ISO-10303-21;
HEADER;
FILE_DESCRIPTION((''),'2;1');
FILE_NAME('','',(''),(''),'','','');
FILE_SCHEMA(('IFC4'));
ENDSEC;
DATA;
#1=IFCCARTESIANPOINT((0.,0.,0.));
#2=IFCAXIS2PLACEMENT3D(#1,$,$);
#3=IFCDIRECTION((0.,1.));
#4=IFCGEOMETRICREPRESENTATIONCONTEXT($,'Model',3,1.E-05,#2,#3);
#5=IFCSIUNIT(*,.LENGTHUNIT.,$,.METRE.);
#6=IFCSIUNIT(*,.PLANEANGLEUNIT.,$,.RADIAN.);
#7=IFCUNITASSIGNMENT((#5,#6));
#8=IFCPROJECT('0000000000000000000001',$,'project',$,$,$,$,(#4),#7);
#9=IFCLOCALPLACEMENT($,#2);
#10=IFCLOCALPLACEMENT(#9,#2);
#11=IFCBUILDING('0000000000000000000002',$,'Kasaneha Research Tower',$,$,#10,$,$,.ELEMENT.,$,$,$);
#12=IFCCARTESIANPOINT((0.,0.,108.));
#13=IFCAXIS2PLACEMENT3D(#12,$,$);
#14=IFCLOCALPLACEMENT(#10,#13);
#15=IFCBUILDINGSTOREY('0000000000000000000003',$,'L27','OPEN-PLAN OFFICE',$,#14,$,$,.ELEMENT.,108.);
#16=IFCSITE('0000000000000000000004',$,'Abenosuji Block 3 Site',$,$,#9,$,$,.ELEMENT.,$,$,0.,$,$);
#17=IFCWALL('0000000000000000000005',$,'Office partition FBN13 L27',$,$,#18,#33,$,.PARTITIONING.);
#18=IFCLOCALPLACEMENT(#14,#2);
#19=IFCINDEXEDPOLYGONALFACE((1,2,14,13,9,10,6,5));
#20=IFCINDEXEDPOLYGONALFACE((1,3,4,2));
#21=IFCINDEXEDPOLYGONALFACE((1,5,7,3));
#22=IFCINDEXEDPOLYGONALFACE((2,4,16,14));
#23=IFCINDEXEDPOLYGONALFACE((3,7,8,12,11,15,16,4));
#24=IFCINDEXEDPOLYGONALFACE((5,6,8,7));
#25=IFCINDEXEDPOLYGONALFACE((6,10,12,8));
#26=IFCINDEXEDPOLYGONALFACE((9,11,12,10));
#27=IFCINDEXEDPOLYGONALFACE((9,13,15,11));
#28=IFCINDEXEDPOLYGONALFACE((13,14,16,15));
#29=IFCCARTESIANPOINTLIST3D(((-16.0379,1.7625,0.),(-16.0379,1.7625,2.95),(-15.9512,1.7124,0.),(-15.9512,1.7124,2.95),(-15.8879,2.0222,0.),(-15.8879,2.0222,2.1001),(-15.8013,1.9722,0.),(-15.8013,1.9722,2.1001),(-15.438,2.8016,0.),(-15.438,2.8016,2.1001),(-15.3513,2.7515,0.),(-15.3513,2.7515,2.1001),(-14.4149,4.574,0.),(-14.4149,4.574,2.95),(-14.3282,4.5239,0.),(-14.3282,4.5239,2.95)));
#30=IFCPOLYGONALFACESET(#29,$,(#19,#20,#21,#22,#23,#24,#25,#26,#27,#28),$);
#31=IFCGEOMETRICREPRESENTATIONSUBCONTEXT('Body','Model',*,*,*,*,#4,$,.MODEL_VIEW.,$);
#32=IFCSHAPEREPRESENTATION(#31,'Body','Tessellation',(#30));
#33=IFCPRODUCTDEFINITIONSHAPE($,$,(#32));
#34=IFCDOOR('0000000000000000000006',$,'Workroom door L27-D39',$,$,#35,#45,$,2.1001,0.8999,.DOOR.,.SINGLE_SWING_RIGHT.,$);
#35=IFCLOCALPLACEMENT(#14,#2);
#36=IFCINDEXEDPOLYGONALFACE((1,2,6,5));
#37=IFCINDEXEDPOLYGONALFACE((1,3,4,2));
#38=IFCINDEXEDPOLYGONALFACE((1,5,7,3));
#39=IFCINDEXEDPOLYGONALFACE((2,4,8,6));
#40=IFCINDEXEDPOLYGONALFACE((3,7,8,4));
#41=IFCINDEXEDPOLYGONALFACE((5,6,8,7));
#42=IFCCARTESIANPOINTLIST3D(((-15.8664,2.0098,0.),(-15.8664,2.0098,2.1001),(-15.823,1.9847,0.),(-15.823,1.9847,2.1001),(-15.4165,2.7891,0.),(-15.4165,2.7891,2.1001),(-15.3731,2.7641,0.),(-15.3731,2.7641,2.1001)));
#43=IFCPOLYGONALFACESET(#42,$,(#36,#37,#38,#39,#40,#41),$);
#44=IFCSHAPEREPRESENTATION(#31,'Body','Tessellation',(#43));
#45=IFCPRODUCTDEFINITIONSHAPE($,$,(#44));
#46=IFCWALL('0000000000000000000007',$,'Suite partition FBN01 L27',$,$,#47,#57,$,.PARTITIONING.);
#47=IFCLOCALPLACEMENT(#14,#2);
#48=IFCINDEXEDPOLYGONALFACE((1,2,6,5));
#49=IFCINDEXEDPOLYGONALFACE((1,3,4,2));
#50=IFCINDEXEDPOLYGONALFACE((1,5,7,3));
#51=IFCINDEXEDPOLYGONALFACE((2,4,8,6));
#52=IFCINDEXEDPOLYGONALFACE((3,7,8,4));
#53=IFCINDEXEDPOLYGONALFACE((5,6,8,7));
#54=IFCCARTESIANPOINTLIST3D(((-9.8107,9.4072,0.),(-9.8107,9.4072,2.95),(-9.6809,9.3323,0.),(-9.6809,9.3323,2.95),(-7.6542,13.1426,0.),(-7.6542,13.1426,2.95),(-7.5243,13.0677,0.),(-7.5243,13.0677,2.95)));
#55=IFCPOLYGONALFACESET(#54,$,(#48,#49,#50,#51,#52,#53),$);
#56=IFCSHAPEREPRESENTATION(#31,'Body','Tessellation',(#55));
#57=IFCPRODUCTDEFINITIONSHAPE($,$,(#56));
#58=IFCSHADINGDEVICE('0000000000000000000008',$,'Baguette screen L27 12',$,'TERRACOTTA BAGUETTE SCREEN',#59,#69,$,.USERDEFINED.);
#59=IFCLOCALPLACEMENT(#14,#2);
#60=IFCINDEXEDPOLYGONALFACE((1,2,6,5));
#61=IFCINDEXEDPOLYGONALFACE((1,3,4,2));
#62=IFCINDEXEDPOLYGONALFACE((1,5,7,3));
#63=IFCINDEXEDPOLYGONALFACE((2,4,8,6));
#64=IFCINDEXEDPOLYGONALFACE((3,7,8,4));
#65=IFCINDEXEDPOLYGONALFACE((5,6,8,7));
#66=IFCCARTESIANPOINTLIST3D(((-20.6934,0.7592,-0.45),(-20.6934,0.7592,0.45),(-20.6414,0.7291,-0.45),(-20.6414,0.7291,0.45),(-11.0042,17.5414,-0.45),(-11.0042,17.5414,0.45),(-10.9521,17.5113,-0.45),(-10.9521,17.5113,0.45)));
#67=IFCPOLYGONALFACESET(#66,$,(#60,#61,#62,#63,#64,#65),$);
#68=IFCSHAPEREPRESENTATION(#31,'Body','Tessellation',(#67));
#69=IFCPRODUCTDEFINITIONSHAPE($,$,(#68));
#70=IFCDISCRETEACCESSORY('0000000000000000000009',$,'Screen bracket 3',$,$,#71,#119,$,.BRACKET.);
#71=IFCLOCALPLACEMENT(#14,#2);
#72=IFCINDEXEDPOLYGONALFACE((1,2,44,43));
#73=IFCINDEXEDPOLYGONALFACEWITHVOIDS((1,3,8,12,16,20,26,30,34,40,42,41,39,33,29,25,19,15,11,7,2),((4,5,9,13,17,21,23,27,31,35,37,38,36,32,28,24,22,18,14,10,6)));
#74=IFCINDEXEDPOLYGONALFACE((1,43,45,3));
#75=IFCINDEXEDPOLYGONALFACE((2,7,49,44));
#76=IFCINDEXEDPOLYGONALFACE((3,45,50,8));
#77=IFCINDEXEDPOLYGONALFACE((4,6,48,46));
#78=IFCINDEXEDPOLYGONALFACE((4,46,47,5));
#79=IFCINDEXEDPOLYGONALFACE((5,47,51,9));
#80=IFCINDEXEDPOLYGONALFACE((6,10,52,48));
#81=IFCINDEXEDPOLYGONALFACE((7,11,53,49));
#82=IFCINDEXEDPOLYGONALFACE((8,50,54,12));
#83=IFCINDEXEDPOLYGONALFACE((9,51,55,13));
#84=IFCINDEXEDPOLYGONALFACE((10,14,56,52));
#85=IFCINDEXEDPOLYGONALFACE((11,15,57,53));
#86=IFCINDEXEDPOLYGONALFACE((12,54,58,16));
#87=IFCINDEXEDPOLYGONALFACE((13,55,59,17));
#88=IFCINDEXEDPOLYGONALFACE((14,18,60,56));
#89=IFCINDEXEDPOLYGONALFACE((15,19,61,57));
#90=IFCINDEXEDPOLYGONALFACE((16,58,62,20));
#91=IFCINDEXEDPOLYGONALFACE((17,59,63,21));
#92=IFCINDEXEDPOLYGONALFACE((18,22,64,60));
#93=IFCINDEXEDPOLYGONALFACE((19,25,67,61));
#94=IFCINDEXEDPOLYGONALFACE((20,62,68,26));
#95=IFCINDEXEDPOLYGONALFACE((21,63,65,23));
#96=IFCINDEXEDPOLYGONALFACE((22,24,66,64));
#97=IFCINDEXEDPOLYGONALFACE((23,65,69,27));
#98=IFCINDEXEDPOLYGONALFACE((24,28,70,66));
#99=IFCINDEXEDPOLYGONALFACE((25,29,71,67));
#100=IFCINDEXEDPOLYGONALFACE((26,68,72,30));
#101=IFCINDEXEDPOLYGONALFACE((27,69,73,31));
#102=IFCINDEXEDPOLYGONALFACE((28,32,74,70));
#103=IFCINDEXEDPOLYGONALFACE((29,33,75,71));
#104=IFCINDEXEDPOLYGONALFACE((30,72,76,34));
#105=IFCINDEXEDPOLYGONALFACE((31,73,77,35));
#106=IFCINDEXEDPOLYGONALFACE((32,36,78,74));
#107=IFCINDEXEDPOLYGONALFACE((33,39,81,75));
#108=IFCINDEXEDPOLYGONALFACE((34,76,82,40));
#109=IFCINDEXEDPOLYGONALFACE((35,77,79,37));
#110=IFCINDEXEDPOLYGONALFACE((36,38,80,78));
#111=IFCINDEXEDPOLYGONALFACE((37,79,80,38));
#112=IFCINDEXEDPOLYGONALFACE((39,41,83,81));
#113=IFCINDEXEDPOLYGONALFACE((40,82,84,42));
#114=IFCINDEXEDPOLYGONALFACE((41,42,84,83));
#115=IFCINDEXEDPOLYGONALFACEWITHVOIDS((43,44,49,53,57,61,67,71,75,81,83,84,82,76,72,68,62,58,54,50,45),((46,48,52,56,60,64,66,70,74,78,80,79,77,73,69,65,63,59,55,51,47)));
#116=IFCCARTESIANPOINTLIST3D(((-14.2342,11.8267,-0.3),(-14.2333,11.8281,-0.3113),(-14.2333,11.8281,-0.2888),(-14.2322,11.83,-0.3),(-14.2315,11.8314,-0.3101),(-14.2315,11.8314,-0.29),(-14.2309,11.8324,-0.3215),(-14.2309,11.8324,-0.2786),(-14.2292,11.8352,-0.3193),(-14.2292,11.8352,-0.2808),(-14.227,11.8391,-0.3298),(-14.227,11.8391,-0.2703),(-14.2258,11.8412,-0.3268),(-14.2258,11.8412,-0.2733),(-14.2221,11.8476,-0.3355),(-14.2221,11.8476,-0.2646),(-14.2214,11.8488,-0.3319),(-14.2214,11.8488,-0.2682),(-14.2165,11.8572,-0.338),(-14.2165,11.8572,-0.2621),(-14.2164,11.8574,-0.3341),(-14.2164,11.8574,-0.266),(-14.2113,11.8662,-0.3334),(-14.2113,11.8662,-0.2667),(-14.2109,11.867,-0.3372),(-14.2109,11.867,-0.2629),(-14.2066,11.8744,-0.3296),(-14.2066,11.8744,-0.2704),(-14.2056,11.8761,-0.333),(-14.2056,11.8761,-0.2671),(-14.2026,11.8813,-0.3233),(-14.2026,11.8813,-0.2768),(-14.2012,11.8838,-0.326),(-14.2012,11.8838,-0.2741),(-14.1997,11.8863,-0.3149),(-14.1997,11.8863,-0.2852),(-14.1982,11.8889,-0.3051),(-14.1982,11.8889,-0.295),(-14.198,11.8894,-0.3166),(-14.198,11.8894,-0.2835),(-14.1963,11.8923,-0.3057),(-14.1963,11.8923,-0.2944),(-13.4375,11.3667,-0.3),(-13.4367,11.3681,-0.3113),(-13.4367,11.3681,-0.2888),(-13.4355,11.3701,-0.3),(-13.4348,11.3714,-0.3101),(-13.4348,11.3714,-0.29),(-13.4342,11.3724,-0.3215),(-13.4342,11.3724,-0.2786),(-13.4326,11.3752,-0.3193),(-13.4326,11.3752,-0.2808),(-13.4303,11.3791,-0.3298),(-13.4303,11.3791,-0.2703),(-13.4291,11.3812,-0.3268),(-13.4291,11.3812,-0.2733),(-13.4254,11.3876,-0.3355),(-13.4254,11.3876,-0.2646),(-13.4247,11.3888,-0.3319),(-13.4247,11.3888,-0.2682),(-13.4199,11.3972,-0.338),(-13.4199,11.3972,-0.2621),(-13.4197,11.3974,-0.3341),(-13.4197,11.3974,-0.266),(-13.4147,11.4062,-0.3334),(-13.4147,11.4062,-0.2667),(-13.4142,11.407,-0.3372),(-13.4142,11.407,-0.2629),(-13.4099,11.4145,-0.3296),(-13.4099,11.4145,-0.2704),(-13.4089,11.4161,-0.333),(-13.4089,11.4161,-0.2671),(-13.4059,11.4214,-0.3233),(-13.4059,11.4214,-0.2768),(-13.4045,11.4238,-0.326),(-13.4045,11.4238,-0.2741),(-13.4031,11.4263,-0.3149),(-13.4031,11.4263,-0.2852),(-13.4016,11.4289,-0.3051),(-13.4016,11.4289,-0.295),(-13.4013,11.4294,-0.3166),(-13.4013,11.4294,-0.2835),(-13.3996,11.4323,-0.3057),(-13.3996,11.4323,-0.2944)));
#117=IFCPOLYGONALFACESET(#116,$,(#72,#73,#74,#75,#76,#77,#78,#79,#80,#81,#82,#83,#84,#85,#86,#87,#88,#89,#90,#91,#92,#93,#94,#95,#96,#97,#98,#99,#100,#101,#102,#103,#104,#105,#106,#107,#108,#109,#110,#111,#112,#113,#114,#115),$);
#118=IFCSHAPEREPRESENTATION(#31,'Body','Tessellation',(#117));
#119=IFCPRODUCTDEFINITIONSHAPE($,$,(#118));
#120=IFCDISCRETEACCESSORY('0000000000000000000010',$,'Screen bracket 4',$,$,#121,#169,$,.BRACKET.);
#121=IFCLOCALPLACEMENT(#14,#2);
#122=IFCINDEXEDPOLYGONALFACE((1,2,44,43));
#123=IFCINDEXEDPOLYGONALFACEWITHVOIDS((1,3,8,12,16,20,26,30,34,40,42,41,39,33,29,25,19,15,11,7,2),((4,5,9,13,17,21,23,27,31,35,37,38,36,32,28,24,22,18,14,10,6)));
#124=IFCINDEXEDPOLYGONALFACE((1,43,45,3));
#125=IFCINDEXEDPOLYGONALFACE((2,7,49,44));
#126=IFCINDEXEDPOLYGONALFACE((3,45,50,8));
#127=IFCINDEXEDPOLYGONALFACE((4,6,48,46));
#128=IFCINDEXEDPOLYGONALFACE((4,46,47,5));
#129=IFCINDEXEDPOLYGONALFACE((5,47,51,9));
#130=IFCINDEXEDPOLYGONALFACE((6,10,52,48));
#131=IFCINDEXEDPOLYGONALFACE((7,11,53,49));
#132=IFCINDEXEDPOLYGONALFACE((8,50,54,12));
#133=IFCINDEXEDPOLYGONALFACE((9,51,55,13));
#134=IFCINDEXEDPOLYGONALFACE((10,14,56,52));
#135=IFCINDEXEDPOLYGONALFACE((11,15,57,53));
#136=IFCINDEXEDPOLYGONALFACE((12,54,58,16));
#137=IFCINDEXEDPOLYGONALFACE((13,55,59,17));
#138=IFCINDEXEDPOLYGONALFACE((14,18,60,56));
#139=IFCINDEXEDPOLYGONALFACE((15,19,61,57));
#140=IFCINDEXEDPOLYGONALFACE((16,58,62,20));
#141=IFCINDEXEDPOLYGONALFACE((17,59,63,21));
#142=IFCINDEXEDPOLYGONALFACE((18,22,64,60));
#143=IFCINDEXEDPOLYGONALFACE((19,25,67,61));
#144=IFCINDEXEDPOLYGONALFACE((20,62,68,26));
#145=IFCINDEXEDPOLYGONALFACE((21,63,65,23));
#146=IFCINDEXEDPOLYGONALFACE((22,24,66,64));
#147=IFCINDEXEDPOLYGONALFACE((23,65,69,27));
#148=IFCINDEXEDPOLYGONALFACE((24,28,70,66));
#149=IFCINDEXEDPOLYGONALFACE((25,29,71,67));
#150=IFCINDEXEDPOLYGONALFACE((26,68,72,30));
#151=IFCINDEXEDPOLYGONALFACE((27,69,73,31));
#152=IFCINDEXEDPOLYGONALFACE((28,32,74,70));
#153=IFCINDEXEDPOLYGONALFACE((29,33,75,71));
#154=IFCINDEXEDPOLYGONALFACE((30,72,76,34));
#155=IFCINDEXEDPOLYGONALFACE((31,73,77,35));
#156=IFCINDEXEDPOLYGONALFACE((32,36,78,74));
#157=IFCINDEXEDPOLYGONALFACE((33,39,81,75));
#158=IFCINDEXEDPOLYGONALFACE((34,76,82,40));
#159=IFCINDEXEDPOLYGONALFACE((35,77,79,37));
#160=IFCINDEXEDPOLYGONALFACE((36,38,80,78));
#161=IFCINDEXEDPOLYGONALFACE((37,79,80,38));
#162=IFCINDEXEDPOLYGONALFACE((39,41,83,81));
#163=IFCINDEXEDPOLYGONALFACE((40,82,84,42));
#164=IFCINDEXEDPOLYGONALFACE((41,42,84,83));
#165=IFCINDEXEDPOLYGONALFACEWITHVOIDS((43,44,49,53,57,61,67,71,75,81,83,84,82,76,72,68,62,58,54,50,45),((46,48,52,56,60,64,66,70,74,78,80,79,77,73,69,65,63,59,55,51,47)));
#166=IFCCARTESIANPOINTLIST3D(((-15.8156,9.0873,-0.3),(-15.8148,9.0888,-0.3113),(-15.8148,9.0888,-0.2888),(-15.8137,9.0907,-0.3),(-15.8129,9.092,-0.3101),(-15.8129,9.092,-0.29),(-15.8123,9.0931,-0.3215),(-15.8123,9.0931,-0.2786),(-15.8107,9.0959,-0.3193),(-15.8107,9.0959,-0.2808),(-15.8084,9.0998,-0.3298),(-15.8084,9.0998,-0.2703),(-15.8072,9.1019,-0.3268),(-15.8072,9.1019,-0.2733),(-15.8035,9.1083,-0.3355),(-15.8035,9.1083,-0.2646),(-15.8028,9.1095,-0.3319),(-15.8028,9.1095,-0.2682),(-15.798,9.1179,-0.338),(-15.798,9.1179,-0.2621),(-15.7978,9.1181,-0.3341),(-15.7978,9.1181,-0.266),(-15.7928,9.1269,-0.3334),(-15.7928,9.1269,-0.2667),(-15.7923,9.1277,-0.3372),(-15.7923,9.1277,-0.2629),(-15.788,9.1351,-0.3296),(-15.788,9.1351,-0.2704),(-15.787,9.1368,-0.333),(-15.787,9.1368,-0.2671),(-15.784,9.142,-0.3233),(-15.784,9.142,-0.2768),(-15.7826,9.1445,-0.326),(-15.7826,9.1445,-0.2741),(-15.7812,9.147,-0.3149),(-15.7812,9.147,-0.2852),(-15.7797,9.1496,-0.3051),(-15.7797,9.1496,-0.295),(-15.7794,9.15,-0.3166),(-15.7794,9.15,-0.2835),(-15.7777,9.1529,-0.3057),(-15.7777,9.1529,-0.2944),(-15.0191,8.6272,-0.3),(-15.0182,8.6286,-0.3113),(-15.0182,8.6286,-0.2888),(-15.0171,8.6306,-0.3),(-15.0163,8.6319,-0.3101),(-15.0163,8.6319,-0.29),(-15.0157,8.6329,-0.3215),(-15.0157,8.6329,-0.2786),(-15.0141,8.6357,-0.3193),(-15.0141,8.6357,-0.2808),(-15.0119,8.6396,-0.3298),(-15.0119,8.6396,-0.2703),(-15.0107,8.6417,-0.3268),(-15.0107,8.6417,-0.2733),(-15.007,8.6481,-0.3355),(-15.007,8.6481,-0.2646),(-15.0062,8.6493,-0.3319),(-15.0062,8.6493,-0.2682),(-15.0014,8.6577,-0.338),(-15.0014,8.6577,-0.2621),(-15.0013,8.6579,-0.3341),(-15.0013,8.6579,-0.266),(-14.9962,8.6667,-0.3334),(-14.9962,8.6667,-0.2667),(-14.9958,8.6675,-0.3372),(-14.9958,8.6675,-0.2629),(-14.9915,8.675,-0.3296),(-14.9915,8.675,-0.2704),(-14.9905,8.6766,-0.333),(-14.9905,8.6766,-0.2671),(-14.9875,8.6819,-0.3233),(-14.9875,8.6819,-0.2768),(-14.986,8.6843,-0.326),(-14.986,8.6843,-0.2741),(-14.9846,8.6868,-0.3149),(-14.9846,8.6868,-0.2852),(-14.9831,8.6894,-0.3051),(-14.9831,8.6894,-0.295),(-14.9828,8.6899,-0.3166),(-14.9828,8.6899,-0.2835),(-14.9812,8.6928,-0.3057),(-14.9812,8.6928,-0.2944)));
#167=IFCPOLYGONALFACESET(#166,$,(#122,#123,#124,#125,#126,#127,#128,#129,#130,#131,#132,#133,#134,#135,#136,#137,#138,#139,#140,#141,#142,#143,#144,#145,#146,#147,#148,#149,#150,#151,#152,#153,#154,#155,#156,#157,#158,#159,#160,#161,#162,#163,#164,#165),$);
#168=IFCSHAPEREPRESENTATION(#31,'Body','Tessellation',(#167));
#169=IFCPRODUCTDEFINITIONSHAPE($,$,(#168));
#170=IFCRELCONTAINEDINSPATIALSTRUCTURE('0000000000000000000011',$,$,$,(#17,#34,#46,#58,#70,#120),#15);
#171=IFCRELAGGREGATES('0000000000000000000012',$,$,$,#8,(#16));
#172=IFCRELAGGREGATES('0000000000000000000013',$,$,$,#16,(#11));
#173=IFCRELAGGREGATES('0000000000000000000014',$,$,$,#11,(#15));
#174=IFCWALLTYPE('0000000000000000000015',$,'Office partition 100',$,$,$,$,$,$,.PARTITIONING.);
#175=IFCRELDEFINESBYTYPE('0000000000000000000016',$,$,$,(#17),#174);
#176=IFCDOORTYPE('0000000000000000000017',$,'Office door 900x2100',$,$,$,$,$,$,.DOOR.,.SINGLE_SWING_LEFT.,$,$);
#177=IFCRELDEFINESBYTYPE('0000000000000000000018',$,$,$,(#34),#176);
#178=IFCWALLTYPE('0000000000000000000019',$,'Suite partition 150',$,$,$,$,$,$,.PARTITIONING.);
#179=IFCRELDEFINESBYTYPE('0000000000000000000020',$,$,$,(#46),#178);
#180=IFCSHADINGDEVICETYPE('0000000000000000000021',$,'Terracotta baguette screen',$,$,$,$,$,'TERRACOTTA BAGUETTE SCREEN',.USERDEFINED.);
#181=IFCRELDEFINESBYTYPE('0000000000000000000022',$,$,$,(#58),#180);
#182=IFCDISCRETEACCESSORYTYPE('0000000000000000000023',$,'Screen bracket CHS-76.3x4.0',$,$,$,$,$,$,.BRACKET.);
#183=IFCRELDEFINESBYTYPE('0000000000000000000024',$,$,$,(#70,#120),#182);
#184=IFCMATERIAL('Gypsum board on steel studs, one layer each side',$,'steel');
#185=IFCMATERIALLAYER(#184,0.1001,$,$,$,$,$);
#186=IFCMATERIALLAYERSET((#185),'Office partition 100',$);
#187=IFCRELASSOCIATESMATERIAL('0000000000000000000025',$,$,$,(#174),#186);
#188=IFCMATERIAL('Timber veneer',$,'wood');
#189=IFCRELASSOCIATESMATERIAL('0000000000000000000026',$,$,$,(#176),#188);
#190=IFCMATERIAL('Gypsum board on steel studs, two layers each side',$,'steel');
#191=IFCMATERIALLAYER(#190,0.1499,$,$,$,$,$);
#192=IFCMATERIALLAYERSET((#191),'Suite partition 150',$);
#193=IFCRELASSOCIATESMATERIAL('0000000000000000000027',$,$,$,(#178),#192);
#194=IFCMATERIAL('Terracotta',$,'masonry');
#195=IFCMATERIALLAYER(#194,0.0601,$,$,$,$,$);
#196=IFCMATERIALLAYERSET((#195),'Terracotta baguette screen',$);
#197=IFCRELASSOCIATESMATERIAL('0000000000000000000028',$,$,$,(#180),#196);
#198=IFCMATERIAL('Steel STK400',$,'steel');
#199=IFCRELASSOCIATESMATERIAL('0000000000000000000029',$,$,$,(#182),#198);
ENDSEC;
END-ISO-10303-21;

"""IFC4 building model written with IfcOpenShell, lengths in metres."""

from ifc_helpers import new_model, si_unit, direction, frame, frame_2d, origin, origin_2d, place, context, subcontext, project, spatial, rectangle, hollow_circle, extrude, material, layer, layer_set, material_profile, profile_set, type_object, element, fill, save


model = new_model("IFC4")

# Units and contexts
model_context = context("Model", 3, precision=1e-05, world=origin(), true_north=direction((0.0, 1.0)))
body_context = subcontext(model_context, "Body", "Model", "MODEL_VIEW")
ifc_project = project(units=[si_unit("LENGTHUNIT", "METRE"), si_unit("PLANEANGLEUNIT", "RADIAN")], contexts=[model_context])

# Site, building, storey
site_placement = place(None, origin())
site = spatial("IfcSite", under=ifc_project, at=site_placement, Name="Abenosuji Block 3 Site", CompositionType="ELEMENT", RefElevation=0.0)
building_placement = place(site_placement, origin())
building = spatial("IfcBuilding", under=site, at=building_placement, Name="Kasaneha Research Tower", CompositionType="ELEMENT")
storey_placement = place(building_placement, frame((0.0, 0.0, 108.0)))
storey = spatial("IfcBuildingStorey", under=building, at=storey_placement, Name="L27", Description="OPEN-PLAN OFFICE", CompositionType="ELEMENT", Elevation=108.0)

# Shared definitions
ifc_material_1 = material(Name="Gypsum board on steel studs, one layer each side", Category="steel")
ifc_layer_1 = layer(ifc_material_1, 0.1001)
ifc_layer_set_1 = layer_set([ifc_layer_1], Name="Office partition 100")
wall_type_1 = type_object("IfcWallType", Name="Office partition 100", PredefinedType="PARTITIONING", material=ifc_layer_set_1)

# Wall, opening, door
wall_1_placement = place(storey_placement, frame((-14.3716, 4.5488, 0.0), z_axis=(0.0, 0.0, 1.0), x_axis=(-0.499957, -0.86605, 0.0)))
wall_1 = element("IfcWall", 1, at=wall_1_placement, inside=storey, type_object=wall_type_1, Name="Office partition FBN13 L27", PredefinedType="PARTITIONING", context=body_context, shape_type="SweptSolid", body=[
    extrude(rectangle(XDim=3.2463, YDim=0.1001, at=frame_2d((1.623, 0.0))), origin(), (0.0, 0.0, 1.0), 2.95),
])
opening_placement = place(wall_1_placement, frame((2.0464, 0.0, 0.0)))
opening = element("IfcOpeningElement", 2, at=opening_placement, cuts=wall_1, PredefinedType="OPENING", context=body_context, shape_type="SweptSolid", body=[
    extrude(rectangle(XDim=0.8999, YDim=2.1001, at=frame_2d((0.45, 1.05))), frame((0.0, 0.0601, 0.0), z_axis=(0.0, -1.0, 0.0), x_axis=(1.0, 0.0, 0.0)), (0.0, 0.0, 1.0), 0.1201),
])
ifc_material_2 = material(Name="Timber veneer", Category="wood")
door_type = type_object("IfcDoorType", Name="Office door 900x2100", OperationType="SINGLE_SWING_LEFT", PredefinedType="DOOR", material=ifc_material_2)
door_placement = place(opening_placement, origin())
door = element("IfcDoor", 3, at=door_placement, inside=storey, type_object=door_type, Name="Workroom door L27-D39", OperationType="SINGLE_SWING_RIGHT", OverallHeight=2.1001, OverallWidth=0.8999, PredefinedType="DOOR", context=body_context, shape_type="SweptSolid", body=[
    extrude(rectangle(XDim=0.8999, YDim=2.1001, at=frame_2d((0.45, 1.05))), frame((0.0, 0.0249, 0.0), z_axis=(0.0, -1.0, 0.0), x_axis=(1.0, 0.0, 0.0)), (0.0, 0.0, 1.0), 0.05),
])
fill(opening, door)

# Wall
ifc_material_3 = material(Name="Gypsum board on steel studs, two layers each side", Category="steel")
ifc_layer_2 = layer(ifc_material_3, 0.1499)
ifc_layer_set_2 = layer_set([ifc_layer_2], Name="Suite partition 150")
wall_type_2 = type_object("IfcWallType", Name="Suite partition 150", PredefinedType="PARTITIONING", material=ifc_layer_set_2)
wall_2_placement = place(storey_placement, frame((-9.7458, 9.3696, 0.0), z_axis=(0.0, 0.0, 1.0), x_axis=(0.499981, 0.866037, 0.0)))
element("IfcWall", 4, at=wall_2_placement, inside=storey, type_object=wall_type_2, Name="Suite partition FBN01 L27", PredefinedType="PARTITIONING", context=body_context, shape_type="SweptSolid", body=[
    extrude(rectangle(XDim=4.3132, YDim=0.1499, at=frame_2d((2.1567, 0.0))), origin(), (0.0, 0.0, 1.0), 2.95),
])

# Shading device
ifc_material_4 = material(Name="Terracotta", Category="masonry")
ifc_layer_3 = layer(ifc_material_4, 0.0601)
ifc_layer_set_3 = layer_set([ifc_layer_3], Name="Terracotta baguette screen")
shading_device_type = type_object("IfcShadingDeviceType", Name="Terracotta baguette screen", ElementType="TERRACOTTA BAGUETTE SCREEN", PredefinedType="USERDEFINED", material=ifc_layer_set_3)
shading_device_placement = place(storey_placement, frame((-15.8228, 9.1353, -0.45), z_axis=(0.0, 0.0, 1.0), x_axis=(-0.5, -0.866025, 0.0)))
element("IfcShadingDevice", 5, at=shading_device_placement, inside=storey, type_object=shading_device_type, Name="Baguette screen L27 12", ObjectType="TERRACOTTA BAGUETTE SCREEN", PredefinedType="USERDEFINED", context=body_context, shape_type="SweptSolid", body=[
    extrude(rectangle(XDim=19.3784, YDim=0.0601, at=origin_2d()), origin(), (0.0, 0.0, 1.0), 0.8999),
])

# Discrete accessories
ifc_material_5 = material(Name="Steel STK400", Category="steel")
ifc_material_profile_1 = material_profile(ifc_material_5, hollow_circle(Radius=0.0381, WallThickness=0.0039, at=origin_2d()), Name="CHS-76.3x4.0")
ifc_profile_set_1 = profile_set([ifc_material_profile_1], Name="Steel STK400")
discrete_accessory_type = type_object("IfcDiscreteAccessoryType", Name="Screen bracket CHS-76.3x4.0", PredefinedType="BRACKET", material=ifc_profile_set_1)
for number, where, z_axis, x_axis, name in (
    (6, (-13.4185, 11.3997, -0.3), (-0.866013, 0.500021, 0.0), (-0.500021, -0.866013, 0.0), "Screen bracket 3"),
    (7, (-15.0, 8.6602, -0.3), (-0.865898, 0.50022, 0.0), (-0.50022, -0.865898, 0.0), "Screen bracket 4"),
):
    element("IfcDiscreteAccessory", number, at=place(storey_placement, frame(where, z_axis=z_axis, x_axis=x_axis)), inside=storey, type_object=discrete_accessory_type, Name=name, PredefinedType="BRACKET", context=body_context, shape_type="SweptSolid", body=[
        extrude(hollow_circle(Radius=0.0381, WallThickness=0.0039, at=origin_2d()), origin(), (0.0, 0.0, 1.0), 0.9199),
    ])

save(model, "model.ifc")
